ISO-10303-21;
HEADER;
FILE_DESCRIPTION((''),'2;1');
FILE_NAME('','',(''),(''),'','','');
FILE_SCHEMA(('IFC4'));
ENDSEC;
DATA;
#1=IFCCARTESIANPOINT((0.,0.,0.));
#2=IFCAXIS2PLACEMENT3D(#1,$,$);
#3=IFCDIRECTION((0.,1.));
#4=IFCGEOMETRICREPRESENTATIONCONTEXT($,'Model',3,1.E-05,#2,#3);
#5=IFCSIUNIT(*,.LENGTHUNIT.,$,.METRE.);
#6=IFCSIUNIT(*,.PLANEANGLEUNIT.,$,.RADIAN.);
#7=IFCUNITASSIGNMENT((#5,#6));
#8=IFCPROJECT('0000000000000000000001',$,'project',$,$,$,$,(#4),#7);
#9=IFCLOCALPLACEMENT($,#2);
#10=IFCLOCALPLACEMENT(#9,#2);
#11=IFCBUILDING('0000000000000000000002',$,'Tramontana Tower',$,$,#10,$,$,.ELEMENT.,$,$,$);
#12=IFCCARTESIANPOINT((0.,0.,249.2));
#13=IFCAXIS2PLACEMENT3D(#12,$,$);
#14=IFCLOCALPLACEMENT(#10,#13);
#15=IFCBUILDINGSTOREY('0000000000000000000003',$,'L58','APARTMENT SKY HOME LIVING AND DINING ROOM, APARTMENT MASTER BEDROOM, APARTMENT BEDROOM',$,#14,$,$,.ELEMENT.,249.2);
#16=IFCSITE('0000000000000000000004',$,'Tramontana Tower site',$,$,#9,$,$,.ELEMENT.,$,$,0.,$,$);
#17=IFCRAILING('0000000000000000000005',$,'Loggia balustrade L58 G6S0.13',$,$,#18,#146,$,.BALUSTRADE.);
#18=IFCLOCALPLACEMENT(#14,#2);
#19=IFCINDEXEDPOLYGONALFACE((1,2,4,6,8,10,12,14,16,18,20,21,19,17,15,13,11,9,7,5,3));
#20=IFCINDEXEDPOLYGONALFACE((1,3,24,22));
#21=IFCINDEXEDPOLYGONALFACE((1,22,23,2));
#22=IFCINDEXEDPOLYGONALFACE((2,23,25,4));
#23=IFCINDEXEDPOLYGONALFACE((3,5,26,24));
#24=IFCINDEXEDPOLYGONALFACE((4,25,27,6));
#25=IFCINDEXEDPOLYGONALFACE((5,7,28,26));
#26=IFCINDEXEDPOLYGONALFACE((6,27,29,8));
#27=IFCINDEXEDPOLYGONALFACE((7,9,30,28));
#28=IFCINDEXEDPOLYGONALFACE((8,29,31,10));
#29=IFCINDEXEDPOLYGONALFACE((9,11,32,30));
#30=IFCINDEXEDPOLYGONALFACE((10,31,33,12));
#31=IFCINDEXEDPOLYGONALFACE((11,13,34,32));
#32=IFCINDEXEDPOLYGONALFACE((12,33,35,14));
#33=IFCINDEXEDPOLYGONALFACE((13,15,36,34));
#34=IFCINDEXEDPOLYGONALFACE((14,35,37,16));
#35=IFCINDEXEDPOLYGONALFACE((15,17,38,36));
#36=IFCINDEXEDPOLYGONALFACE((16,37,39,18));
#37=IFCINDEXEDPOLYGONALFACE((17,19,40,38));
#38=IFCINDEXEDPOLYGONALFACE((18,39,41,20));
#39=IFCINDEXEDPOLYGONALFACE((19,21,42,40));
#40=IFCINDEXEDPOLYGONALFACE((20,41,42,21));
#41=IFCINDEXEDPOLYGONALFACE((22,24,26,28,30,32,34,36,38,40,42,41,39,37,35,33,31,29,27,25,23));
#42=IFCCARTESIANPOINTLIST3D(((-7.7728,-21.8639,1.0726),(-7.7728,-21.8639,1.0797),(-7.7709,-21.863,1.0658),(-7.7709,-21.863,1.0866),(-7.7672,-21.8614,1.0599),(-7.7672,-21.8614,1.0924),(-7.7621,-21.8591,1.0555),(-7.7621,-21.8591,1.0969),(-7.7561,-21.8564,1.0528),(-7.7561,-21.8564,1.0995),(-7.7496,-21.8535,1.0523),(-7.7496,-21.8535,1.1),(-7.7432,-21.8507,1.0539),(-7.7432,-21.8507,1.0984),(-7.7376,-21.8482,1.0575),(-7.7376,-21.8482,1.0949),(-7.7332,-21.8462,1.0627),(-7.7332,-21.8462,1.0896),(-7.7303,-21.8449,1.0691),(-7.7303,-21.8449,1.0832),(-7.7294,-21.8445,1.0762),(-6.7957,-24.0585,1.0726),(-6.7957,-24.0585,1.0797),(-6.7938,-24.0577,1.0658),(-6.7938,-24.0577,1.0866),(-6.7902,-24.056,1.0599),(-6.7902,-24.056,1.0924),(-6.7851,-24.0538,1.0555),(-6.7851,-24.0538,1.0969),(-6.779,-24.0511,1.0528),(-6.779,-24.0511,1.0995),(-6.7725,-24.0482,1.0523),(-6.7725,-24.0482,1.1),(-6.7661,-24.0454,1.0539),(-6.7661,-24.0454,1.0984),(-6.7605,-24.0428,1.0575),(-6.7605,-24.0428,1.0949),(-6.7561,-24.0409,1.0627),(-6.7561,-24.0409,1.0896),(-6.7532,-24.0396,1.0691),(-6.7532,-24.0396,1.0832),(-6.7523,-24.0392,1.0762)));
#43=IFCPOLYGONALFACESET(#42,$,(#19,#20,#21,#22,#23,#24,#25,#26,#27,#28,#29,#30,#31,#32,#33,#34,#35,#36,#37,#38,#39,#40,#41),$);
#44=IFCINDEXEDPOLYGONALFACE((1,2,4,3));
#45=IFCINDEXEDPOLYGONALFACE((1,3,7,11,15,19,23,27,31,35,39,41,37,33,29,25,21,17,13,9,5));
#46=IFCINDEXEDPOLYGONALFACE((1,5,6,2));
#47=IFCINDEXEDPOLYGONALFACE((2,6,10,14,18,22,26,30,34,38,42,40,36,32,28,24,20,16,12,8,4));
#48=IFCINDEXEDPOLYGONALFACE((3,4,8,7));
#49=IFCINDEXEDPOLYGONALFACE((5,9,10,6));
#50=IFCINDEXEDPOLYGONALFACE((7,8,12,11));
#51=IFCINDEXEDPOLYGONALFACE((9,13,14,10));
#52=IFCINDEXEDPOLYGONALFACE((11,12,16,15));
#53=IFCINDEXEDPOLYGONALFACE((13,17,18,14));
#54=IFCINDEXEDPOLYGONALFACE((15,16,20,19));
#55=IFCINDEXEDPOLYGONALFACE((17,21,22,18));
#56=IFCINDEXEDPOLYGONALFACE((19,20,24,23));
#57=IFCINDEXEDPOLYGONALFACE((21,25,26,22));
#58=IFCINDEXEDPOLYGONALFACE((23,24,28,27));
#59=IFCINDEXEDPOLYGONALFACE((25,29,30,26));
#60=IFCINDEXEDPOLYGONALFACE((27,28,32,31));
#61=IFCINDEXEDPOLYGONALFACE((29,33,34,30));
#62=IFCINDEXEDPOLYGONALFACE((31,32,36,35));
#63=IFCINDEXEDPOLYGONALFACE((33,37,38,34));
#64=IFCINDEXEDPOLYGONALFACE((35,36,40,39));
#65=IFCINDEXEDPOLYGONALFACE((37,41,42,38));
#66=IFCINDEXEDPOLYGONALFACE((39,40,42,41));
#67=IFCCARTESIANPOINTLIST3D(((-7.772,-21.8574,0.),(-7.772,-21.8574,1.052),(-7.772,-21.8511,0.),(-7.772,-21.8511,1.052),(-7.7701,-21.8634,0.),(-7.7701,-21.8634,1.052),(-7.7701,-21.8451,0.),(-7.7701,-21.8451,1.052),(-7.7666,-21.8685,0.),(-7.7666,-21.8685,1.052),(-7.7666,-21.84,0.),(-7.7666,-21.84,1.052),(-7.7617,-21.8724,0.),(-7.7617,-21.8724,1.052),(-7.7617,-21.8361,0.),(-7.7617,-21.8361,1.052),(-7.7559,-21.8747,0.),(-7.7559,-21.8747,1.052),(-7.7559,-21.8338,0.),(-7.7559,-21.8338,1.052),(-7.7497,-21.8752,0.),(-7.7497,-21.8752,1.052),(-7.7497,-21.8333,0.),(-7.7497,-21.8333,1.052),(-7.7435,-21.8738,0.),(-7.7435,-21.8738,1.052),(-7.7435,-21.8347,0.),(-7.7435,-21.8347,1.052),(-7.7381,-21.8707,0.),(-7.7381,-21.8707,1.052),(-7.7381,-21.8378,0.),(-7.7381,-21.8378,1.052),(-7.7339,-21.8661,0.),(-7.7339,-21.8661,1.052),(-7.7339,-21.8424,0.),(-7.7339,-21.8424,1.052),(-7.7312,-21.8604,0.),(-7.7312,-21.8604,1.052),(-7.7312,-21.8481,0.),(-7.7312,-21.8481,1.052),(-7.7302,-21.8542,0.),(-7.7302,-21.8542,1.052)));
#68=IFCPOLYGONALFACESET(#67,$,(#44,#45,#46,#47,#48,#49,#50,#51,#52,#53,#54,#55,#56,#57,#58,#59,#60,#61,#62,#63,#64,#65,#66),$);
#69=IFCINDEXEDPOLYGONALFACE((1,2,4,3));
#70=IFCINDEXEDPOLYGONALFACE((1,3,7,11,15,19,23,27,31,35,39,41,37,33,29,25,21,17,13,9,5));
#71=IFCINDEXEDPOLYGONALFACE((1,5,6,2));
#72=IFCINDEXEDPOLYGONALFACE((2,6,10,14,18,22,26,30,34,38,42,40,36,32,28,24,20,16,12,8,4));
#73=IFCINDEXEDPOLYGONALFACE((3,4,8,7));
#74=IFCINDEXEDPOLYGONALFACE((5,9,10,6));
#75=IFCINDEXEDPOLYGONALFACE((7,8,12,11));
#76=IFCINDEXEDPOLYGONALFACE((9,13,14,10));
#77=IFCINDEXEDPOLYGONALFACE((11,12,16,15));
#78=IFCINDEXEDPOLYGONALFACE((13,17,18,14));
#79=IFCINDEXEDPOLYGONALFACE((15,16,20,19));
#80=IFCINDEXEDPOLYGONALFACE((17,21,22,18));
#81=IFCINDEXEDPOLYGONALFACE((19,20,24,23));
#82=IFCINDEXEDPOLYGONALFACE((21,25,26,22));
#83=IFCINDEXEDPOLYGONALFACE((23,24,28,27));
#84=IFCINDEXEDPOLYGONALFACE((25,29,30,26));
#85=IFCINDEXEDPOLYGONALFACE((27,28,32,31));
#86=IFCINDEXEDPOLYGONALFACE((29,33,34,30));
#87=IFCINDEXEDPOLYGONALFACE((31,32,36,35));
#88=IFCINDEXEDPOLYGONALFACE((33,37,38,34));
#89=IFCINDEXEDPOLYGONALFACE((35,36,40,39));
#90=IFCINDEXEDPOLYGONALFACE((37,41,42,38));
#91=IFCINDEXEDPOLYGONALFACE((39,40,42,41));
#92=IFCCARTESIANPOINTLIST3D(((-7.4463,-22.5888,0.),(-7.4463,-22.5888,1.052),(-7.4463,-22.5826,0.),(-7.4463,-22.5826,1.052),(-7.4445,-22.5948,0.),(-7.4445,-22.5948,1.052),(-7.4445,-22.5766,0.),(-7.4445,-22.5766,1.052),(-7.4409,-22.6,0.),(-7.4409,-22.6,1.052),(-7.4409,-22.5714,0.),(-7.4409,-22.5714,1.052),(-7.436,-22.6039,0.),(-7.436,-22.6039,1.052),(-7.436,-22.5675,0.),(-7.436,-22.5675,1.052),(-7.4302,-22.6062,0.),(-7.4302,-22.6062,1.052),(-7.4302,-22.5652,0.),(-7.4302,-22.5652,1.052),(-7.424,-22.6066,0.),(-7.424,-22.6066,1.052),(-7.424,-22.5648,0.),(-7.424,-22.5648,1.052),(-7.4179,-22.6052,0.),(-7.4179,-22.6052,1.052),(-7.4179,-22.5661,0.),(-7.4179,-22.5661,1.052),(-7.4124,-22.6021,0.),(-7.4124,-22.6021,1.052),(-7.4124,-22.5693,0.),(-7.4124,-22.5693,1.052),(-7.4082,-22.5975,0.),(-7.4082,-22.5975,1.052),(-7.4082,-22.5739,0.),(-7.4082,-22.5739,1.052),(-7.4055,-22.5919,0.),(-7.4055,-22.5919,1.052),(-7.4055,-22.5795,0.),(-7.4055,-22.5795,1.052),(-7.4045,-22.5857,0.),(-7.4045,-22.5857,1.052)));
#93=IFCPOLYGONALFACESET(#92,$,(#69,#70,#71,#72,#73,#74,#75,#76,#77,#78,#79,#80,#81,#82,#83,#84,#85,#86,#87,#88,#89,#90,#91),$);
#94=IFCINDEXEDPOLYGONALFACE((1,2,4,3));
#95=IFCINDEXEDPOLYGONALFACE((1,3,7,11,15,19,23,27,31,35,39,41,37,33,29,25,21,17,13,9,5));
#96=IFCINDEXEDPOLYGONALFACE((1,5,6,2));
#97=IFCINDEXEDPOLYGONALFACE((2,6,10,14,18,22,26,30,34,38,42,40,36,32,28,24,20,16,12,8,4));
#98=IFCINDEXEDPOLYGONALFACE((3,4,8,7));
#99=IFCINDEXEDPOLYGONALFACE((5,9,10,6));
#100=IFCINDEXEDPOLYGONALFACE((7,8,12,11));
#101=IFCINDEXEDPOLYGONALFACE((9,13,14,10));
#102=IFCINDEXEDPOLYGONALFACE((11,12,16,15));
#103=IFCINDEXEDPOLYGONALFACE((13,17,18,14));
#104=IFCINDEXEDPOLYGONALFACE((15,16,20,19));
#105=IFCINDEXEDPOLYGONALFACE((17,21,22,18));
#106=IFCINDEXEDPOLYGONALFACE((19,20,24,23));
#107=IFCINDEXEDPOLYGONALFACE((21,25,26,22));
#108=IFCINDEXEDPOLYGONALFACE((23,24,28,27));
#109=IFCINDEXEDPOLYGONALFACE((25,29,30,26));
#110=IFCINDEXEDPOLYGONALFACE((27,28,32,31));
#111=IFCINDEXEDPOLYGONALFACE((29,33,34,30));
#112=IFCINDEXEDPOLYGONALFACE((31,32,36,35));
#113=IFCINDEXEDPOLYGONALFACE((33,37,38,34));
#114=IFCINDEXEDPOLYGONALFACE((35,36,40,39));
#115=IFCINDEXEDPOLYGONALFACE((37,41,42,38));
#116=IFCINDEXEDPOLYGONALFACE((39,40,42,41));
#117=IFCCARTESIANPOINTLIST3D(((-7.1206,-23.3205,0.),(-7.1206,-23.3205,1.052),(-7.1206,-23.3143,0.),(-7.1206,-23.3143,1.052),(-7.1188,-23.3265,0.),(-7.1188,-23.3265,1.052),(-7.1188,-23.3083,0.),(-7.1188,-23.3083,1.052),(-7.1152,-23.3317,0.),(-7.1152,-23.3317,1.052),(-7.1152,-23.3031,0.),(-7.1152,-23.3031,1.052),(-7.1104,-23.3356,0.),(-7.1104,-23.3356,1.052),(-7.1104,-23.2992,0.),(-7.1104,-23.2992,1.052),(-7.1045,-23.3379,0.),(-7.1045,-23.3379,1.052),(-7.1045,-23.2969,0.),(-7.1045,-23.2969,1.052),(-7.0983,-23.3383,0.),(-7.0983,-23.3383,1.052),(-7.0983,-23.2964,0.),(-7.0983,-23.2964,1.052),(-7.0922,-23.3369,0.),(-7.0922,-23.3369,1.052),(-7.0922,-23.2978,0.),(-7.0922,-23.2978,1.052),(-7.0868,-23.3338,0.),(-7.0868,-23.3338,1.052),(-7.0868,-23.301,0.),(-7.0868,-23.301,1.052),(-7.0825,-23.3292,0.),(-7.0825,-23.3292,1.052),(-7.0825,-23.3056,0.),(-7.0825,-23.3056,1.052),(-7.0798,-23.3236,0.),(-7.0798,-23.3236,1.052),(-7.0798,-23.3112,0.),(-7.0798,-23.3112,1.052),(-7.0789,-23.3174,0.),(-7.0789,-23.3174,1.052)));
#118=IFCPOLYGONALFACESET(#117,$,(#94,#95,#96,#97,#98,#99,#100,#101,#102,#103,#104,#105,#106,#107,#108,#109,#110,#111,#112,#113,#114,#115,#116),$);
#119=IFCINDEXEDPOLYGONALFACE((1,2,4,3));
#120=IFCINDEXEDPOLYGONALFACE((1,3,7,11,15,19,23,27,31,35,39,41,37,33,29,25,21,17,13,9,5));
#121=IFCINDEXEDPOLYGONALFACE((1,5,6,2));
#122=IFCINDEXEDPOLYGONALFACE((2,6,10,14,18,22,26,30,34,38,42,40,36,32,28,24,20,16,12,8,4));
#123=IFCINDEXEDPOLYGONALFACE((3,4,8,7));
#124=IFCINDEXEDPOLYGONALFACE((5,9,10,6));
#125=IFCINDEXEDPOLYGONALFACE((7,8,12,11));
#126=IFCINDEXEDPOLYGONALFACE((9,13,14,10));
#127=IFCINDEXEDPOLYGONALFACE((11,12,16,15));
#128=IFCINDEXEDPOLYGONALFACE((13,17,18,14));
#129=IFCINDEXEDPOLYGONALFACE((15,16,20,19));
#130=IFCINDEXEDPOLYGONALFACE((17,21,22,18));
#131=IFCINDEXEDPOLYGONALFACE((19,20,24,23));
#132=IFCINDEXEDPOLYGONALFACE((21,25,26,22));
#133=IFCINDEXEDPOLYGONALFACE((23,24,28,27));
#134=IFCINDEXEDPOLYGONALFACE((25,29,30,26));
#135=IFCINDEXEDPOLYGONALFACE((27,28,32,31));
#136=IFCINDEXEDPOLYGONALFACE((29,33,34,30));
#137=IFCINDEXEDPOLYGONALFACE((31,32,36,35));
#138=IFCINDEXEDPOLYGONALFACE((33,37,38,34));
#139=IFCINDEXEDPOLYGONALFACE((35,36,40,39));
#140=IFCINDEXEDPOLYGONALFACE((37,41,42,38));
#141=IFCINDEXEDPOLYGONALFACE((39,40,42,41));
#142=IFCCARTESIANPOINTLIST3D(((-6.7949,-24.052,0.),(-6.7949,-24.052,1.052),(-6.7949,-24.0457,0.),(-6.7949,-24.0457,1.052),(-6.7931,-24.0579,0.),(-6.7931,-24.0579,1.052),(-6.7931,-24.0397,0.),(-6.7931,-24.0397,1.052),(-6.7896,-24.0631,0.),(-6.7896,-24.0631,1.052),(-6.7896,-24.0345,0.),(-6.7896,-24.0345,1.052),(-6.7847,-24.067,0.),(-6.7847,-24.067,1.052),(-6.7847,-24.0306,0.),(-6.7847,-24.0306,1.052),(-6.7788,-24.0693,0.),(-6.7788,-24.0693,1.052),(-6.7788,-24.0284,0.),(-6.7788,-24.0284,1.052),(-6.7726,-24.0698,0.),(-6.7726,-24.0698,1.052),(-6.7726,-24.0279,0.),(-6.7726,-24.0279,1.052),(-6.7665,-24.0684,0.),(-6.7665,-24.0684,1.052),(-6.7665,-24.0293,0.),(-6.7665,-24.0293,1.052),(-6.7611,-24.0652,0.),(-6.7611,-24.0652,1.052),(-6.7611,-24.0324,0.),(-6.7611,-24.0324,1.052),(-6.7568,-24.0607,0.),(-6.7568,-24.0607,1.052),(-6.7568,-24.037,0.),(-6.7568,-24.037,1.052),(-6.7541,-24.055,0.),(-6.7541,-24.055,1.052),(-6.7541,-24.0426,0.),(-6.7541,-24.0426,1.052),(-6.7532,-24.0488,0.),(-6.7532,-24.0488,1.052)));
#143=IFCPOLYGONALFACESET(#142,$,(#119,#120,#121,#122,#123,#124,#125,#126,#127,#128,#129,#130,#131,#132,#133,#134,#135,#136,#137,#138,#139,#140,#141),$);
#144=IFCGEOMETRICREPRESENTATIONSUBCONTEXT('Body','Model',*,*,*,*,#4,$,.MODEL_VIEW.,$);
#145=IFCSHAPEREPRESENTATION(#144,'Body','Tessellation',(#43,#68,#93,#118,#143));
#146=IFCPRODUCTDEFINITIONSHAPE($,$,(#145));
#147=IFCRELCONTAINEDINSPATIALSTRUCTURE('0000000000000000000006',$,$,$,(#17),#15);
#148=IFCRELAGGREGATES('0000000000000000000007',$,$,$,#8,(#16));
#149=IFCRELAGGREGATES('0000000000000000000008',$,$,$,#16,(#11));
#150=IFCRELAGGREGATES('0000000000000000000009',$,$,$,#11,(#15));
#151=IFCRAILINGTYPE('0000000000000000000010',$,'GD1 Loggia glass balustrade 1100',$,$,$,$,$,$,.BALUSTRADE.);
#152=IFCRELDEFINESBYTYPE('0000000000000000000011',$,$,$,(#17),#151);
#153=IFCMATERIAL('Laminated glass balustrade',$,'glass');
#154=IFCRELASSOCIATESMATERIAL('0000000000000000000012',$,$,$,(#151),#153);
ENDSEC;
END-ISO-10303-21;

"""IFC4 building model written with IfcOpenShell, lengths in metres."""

from ifc_helpers import new_model, si_unit, direction, frame, origin, origin_2d, place, context, subcontext, project, spatial, circle, extrude, material, type_object, element, save


model = new_model("IFC4")

# Units and contexts
model_context = context("Model", 3, precision=1e-05, world=origin(), true_north=direction((0.0, 1.0)))
body_context = subcontext(model_context, "Body", "Model", "MODEL_VIEW")
ifc_project = project(units=[si_unit("LENGTHUNIT", "METRE"), si_unit("PLANEANGLEUNIT", "RADIAN")], contexts=[model_context])

# Site, building, storey
site_placement = place(None, origin())
site = spatial("IfcSite", under=ifc_project, at=site_placement, Name="Tramontana Tower site", CompositionType="ELEMENT", RefElevation=0.0)
building_placement = place(site_placement, origin())
building = spatial("IfcBuilding", under=site, at=building_placement, Name="Tramontana Tower", CompositionType="ELEMENT")
storey_placement = place(building_placement, frame((0.0, 0.0, 249.2)))
storey = spatial("IfcBuildingStorey", under=building, at=storey_placement, Name="L58", Description="APARTMENT SKY HOME LIVING AND DINING ROOM, APARTMENT MASTER BEDROOM, APARTMENT BEDROOM", CompositionType="ELEMENT", Elevation=249.2)

# Railing
ifc_material_1 = material(Name="Laminated glass balustrade", Category="glass")
railing_type = type_object("IfcRailingType", Name="GD1 Loggia glass balustrade 1100", PredefinedType="BALUSTRADE", material=ifc_material_1)
railing_1_placement = place(storey_placement, frame((-7.7512, -21.8542, 0.0)))
element("IfcRailing", 1, at=railing_1_placement, inside=storey, type_object=railing_type, Name="Loggia balustrade L58 G6S0.13", PredefinedType="BALUSTRADE", context=body_context, shape_type="SweptSolid", body=[
    extrude(circle(Radius=0.0239, at=origin_2d()), frame((0.0, 0.0, 1.0762), z_axis=(0.406723, -0.913552, 0.0), x_axis=(0.913552, 0.406723, 0.0)), (0.0, 0.0, 1.0), 2.4023),
    extrude(circle(Radius=0.021, at=origin_2d()), origin(), (0.0, 0.0, 1.0), 1.052),
    extrude(circle(Radius=0.021, at=origin_2d()), frame((0.3257, -0.7314, 0.0)), (0.0, 0.0, 1.0), 1.052),
    extrude(circle(Radius=0.021, at=origin_2d()), frame((0.6514, -1.4631, 0.0)), (0.0, 0.0, 1.0), 1.052),
    extrude(circle(Radius=0.021, at=origin_2d()), frame((0.9771, -2.1946, 0.0)), (0.0, 0.0, 1.0), 1.052),
])

save(model, "model.ifc")
